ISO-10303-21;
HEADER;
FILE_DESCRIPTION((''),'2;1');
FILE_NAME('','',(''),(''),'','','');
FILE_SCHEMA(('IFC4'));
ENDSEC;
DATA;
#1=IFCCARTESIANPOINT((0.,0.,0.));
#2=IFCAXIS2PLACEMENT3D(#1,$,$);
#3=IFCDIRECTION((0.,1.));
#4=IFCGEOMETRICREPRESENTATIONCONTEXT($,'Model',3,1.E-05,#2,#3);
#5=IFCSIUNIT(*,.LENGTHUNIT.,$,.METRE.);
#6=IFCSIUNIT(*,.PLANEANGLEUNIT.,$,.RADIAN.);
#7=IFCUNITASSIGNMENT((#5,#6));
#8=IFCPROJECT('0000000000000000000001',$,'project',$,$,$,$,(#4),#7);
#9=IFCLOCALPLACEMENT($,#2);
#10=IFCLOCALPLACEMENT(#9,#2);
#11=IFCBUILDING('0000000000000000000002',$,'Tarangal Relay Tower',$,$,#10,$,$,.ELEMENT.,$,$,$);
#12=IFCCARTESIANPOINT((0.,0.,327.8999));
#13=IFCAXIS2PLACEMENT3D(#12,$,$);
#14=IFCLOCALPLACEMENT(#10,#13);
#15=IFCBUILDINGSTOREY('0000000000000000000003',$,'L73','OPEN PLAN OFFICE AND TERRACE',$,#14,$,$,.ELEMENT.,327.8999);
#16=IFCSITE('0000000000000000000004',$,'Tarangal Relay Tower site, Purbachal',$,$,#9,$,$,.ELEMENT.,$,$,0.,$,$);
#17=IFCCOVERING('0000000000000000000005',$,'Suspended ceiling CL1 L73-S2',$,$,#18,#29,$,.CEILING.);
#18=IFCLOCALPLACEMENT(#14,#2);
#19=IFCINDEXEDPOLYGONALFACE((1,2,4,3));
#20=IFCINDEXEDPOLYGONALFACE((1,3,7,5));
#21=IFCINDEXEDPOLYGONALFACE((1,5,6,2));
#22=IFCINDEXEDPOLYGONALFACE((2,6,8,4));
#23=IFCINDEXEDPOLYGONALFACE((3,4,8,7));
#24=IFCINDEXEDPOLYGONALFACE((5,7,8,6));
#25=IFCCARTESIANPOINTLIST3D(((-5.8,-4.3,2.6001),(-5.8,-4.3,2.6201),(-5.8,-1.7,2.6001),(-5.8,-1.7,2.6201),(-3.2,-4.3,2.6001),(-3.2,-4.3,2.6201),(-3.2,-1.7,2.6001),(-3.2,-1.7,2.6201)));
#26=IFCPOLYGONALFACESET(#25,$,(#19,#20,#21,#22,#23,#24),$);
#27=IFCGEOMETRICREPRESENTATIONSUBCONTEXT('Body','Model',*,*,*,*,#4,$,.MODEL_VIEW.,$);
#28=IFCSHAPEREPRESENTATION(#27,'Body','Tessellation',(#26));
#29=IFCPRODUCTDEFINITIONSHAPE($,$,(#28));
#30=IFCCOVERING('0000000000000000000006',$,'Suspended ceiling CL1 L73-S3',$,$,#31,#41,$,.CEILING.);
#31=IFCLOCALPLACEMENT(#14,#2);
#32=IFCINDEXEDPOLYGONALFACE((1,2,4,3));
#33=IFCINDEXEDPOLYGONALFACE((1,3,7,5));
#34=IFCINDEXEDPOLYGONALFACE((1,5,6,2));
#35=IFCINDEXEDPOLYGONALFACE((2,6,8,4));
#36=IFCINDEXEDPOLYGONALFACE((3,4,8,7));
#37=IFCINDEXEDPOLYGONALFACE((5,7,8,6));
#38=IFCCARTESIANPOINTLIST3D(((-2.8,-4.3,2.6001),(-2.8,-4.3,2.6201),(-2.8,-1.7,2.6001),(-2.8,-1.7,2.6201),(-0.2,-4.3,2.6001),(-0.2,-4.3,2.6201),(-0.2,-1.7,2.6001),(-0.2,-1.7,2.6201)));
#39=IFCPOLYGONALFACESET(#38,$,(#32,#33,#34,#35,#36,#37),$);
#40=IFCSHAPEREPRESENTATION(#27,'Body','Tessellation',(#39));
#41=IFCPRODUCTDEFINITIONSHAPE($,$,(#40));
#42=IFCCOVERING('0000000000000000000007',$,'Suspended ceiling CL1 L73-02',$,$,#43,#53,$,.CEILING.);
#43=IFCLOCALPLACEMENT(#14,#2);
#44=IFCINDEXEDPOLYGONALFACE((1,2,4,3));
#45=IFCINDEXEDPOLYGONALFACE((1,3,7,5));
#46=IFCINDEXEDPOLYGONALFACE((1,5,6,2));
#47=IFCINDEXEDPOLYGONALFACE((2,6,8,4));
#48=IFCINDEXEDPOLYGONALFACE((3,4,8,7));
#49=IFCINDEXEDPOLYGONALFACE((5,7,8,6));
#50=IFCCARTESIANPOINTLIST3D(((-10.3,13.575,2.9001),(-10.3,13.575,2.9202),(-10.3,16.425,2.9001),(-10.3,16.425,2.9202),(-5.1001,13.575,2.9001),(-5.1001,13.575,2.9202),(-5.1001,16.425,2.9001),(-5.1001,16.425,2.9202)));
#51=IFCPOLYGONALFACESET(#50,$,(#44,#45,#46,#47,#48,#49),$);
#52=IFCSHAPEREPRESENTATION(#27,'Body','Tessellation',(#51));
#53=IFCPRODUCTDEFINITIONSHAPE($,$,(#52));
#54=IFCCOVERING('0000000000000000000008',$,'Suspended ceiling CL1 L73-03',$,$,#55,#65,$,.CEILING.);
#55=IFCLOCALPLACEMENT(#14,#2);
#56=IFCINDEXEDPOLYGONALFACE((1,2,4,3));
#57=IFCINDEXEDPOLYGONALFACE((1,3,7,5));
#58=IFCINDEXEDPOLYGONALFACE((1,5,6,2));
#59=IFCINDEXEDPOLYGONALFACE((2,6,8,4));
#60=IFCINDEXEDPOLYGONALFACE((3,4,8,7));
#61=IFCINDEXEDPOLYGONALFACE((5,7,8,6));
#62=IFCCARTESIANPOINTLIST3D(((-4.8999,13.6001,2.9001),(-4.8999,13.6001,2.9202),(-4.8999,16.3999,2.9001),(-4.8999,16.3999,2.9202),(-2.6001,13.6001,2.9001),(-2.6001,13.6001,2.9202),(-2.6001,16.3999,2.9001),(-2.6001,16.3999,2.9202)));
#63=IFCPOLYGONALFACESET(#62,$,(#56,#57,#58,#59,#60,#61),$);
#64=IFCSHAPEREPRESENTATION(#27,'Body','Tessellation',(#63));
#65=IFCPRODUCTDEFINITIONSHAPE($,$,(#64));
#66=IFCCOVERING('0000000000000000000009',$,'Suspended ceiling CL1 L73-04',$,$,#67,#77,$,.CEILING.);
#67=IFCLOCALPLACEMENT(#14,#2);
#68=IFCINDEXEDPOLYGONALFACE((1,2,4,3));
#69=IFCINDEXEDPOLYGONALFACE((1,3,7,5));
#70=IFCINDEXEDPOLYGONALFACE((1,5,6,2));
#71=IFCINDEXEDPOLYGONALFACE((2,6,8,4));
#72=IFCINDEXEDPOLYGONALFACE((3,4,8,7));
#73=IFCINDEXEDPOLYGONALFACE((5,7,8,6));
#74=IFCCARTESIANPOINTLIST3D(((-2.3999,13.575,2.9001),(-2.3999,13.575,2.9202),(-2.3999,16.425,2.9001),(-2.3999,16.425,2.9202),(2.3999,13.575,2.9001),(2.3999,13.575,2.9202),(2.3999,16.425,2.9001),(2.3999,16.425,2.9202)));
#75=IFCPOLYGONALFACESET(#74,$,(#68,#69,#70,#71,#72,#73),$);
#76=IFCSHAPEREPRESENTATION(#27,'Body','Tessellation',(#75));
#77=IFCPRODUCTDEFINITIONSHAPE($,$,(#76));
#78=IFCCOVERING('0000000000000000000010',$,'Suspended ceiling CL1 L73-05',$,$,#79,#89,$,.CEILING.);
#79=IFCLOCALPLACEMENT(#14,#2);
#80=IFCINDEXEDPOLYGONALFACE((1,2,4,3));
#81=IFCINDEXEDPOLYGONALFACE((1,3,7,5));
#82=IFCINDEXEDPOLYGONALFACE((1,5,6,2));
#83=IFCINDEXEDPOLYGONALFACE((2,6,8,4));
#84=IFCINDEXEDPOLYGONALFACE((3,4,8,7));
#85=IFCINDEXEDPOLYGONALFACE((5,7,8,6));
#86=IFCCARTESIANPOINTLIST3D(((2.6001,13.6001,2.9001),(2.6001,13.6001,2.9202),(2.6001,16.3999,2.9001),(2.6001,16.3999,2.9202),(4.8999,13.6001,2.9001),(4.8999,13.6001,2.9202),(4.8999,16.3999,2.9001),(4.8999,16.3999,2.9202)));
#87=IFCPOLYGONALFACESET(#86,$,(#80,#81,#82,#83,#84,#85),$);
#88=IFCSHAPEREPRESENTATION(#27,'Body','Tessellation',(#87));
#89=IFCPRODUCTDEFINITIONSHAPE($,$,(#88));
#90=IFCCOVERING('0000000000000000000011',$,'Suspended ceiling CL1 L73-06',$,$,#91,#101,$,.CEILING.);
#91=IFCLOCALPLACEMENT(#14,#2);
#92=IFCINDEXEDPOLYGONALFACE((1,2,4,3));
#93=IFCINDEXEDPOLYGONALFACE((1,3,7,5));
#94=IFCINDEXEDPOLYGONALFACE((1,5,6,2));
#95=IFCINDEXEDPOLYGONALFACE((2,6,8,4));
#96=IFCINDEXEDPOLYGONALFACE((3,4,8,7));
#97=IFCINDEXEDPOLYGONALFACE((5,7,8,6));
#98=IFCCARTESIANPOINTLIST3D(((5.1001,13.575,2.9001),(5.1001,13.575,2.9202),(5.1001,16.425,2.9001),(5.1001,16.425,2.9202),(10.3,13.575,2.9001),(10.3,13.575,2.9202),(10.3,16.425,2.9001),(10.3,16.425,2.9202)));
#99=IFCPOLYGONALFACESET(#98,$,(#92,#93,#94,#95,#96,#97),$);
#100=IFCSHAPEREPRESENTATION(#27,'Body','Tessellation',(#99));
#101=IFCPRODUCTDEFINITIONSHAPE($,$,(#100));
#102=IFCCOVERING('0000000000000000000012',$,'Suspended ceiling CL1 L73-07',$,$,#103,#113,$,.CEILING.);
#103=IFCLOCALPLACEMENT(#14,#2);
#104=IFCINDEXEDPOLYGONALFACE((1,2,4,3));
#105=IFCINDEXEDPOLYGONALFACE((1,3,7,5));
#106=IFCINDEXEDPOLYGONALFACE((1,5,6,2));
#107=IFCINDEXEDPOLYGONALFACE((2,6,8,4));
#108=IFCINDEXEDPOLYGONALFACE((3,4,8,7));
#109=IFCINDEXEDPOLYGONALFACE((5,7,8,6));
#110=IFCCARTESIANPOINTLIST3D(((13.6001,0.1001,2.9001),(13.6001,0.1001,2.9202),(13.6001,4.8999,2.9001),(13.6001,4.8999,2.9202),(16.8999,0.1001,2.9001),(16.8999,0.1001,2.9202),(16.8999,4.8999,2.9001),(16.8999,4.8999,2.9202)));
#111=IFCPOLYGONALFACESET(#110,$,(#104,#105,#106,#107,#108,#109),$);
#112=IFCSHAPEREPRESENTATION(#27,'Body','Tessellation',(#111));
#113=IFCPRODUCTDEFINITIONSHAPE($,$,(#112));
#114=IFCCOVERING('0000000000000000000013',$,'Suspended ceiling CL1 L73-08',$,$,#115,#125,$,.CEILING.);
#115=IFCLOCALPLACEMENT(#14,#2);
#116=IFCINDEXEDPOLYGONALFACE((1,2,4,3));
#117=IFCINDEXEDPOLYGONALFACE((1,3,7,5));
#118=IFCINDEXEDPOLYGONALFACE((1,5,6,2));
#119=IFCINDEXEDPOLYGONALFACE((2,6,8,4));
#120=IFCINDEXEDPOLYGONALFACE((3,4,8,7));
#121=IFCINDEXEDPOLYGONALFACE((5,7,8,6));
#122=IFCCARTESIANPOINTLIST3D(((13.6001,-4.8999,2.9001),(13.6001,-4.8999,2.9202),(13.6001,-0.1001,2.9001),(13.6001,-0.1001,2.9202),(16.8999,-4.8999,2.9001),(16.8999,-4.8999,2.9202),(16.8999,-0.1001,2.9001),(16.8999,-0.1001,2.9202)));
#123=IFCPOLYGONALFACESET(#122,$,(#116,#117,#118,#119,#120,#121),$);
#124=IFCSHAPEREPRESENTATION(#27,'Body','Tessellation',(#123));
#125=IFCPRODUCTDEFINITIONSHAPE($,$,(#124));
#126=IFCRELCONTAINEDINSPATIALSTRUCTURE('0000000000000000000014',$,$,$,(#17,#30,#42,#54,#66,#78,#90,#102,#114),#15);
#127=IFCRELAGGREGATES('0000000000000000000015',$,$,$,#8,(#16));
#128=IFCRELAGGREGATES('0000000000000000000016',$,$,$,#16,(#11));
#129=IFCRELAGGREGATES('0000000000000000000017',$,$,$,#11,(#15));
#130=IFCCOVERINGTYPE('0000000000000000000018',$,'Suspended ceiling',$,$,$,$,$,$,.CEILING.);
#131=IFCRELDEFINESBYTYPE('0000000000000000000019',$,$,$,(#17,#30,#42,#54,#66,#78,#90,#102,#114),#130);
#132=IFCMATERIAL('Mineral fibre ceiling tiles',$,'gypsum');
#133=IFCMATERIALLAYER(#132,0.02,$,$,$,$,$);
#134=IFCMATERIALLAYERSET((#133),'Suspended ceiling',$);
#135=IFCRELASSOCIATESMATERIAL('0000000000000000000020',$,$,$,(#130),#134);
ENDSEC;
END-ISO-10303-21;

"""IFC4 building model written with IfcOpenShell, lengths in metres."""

from ifc_helpers import new_model, si_unit, direction, frame, origin, place, context, subcontext, project, spatial, polyline, outline, extrude, material, layer, layer_set, type_object, element, save


model = new_model("IFC4")

# Units and contexts
model_context = context("Model", 3, precision=1e-05, world=origin(), true_north=direction((0.0, 1.0)))
body_context = subcontext(model_context, "Body", "Model", "MODEL_VIEW")
ifc_project = project(units=[si_unit("LENGTHUNIT", "METRE"), si_unit("PLANEANGLEUNIT", "RADIAN")], contexts=[model_context])

# Site, building, storey
site_placement = place(None, origin())
site = spatial("IfcSite", under=ifc_project, at=site_placement, Name="Tarangal Relay Tower site, Purbachal", CompositionType="ELEMENT", RefElevation=0.0)
building_placement = place(site_placement, origin())
building = spatial("IfcBuilding", under=site, at=building_placement, Name="Tarangal Relay Tower", CompositionType="ELEMENT")
storey_placement = place(building_placement, frame((0.0, 0.0, 327.8999)))
storey = spatial("IfcBuildingStorey", under=building, at=storey_placement, Name="L73", Description="OPEN PLAN OFFICE AND TERRACE", CompositionType="ELEMENT", Elevation=327.8999)

# Coverings
ifc_material_1 = material(Name="Mineral fibre ceiling tiles", Category="gypsum")
ifc_layer_1 = layer(ifc_material_1, 0.02)
ifc_layer_set_1 = layer_set([ifc_layer_1], Name="Suspended ceiling")
covering_type_1 = type_object("IfcCoveringType", Name="Suspended ceiling", PredefinedType="CEILING", material=ifc_layer_set_1)
covering_1_placement = place(storey_placement, frame((0.0, 0.0, 2.6001)))
element("IfcCovering", 1, at=covering_1_placement, inside=storey, type_object=covering_type_1, Name="Suspended ceiling CL1 L73-S2", PredefinedType="CEILING", context=body_context, shape_type="SweptSolid", body=[
    extrude(outline(polyline([(-5.8, -4.3), (-3.2, -4.3), (-3.2, -1.7), (-5.8, -1.7), (-5.8, -4.3)])), origin(), (0.0, 0.0, 1.0), 0.02),
])
covering_2_placement = place(storey_placement, frame((0.0, 0.0, 2.6001)))
element("IfcCovering", 2, at=covering_2_placement, inside=storey, type_object=covering_type_1, Name="Suspended ceiling CL1 L73-S3", PredefinedType="CEILING", context=body_context, shape_type="SweptSolid", body=[
    extrude(outline(polyline([(-2.8, -4.3), (-0.2, -4.3), (-0.2, -1.7), (-2.8, -1.7), (-2.8, -4.3)])), origin(), (0.0, 0.0, 1.0), 0.02),
])
covering_3_placement = place(storey_placement, frame((0.0, 0.0, 2.9001)))
element("IfcCovering", 3, at=covering_3_placement, inside=storey, type_object=covering_type_1, Name="Suspended ceiling CL1 L73-02", PredefinedType="CEILING", context=body_context, shape_type="SweptSolid", body=[
    extrude(outline(polyline([(-5.1001, 13.575), (-5.1001, 16.425), (-10.3, 16.425), (-10.3, 13.575), (-5.1001, 13.575)])), origin(), (0.0, 0.0, 1.0), 0.02),
])
covering_4_placement = place(storey_placement, frame((0.0, 0.0, 2.9001)))
element("IfcCovering", 4, at=covering_4_placement, inside=storey, type_object=covering_type_1, Name="Suspended ceiling CL1 L73-03", PredefinedType="CEILING", context=body_context, shape_type="SweptSolid", body=[
    extrude(outline(polyline([(-4.8999, 16.3999), (-4.8999, 13.6001), (-2.6001, 13.6001), (-2.6001, 16.3999), (-4.8999, 16.3999)])), origin(), (0.0, 0.0, 1.0), 0.02),
])
covering_5_placement = place(storey_placement, frame((0.0, 0.0, 2.9001)))
element("IfcCovering", 5, at=covering_5_placement, inside=storey, type_object=covering_type_1, Name="Suspended ceiling CL1 L73-04", PredefinedType="CEILING", context=body_context, shape_type="SweptSolid", body=[
    extrude(outline(polyline([(-2.3999, 16.425), (-2.3999, 13.575), (2.3999, 13.575), (2.3999, 16.425), (-2.3999, 16.425)])), origin(), (0.0, 0.0, 1.0), 0.02),
])
covering_6_placement = place(storey_placement, frame((0.0, 0.0, 2.9001)))
element("IfcCovering", 6, at=covering_6_placement, inside=storey, type_object=covering_type_1, Name="Suspended ceiling CL1 L73-05", PredefinedType="CEILING", context=body_context, shape_type="SweptSolid", body=[
    extrude(outline(polyline([(2.6001, 16.3999), (2.6001, 13.6001), (4.8999, 13.6001), (4.8999, 16.3999), (2.6001, 16.3999)])), origin(), (0.0, 0.0, 1.0), 0.02),
])
covering_7_placement = place(storey_placement, frame((0.0, 0.0, 2.9001)))
element("IfcCovering", 7, at=covering_7_placement, inside=storey, type_object=covering_type_1, Name="Suspended ceiling CL1 L73-06", PredefinedType="CEILING", context=body_context, shape_type="SweptSolid", body=[
    extrude(outline(polyline([(10.3, 16.425), (5.1001, 16.425), (5.1001, 13.575), (10.3, 13.575), (10.3, 16.425)])), origin(), (0.0, 0.0, 1.0), 0.02),
])
covering_8_placement = place(storey_placement, frame((0.0, 0.0, 2.9001)))
element("IfcCovering", 8, at=covering_8_placement, inside=storey, type_object=covering_type_1, Name="Suspended ceiling CL1 L73-07", PredefinedType="CEILING", context=body_context, shape_type="SweptSolid", body=[
    extrude(outline(polyline([(16.8999, 0.1001), (16.8999, 4.8999), (13.6001, 4.8999), (13.6001, 0.1001), (16.8999, 0.1001)])), origin(), (0.0, 0.0, 1.0), 0.02),
])
covering_9_placement = place(storey_placement, frame((0.0, 0.0, 2.9001)))
element("IfcCovering", 9, at=covering_9_placement, inside=storey, type_object=covering_type_1, Name="Suspended ceiling CL1 L73-08", PredefinedType="CEILING", context=body_context, shape_type="SweptSolid", body=[
    extrude(outline(polyline([(13.6001, -4.8999), (16.8999, -4.8999), (16.8999, -0.1001), (13.6001, -0.1001), (13.6001, -4.8999)])), origin(), (0.0, 0.0, 1.0), 0.02),
])

save(model, "model.ifc")
